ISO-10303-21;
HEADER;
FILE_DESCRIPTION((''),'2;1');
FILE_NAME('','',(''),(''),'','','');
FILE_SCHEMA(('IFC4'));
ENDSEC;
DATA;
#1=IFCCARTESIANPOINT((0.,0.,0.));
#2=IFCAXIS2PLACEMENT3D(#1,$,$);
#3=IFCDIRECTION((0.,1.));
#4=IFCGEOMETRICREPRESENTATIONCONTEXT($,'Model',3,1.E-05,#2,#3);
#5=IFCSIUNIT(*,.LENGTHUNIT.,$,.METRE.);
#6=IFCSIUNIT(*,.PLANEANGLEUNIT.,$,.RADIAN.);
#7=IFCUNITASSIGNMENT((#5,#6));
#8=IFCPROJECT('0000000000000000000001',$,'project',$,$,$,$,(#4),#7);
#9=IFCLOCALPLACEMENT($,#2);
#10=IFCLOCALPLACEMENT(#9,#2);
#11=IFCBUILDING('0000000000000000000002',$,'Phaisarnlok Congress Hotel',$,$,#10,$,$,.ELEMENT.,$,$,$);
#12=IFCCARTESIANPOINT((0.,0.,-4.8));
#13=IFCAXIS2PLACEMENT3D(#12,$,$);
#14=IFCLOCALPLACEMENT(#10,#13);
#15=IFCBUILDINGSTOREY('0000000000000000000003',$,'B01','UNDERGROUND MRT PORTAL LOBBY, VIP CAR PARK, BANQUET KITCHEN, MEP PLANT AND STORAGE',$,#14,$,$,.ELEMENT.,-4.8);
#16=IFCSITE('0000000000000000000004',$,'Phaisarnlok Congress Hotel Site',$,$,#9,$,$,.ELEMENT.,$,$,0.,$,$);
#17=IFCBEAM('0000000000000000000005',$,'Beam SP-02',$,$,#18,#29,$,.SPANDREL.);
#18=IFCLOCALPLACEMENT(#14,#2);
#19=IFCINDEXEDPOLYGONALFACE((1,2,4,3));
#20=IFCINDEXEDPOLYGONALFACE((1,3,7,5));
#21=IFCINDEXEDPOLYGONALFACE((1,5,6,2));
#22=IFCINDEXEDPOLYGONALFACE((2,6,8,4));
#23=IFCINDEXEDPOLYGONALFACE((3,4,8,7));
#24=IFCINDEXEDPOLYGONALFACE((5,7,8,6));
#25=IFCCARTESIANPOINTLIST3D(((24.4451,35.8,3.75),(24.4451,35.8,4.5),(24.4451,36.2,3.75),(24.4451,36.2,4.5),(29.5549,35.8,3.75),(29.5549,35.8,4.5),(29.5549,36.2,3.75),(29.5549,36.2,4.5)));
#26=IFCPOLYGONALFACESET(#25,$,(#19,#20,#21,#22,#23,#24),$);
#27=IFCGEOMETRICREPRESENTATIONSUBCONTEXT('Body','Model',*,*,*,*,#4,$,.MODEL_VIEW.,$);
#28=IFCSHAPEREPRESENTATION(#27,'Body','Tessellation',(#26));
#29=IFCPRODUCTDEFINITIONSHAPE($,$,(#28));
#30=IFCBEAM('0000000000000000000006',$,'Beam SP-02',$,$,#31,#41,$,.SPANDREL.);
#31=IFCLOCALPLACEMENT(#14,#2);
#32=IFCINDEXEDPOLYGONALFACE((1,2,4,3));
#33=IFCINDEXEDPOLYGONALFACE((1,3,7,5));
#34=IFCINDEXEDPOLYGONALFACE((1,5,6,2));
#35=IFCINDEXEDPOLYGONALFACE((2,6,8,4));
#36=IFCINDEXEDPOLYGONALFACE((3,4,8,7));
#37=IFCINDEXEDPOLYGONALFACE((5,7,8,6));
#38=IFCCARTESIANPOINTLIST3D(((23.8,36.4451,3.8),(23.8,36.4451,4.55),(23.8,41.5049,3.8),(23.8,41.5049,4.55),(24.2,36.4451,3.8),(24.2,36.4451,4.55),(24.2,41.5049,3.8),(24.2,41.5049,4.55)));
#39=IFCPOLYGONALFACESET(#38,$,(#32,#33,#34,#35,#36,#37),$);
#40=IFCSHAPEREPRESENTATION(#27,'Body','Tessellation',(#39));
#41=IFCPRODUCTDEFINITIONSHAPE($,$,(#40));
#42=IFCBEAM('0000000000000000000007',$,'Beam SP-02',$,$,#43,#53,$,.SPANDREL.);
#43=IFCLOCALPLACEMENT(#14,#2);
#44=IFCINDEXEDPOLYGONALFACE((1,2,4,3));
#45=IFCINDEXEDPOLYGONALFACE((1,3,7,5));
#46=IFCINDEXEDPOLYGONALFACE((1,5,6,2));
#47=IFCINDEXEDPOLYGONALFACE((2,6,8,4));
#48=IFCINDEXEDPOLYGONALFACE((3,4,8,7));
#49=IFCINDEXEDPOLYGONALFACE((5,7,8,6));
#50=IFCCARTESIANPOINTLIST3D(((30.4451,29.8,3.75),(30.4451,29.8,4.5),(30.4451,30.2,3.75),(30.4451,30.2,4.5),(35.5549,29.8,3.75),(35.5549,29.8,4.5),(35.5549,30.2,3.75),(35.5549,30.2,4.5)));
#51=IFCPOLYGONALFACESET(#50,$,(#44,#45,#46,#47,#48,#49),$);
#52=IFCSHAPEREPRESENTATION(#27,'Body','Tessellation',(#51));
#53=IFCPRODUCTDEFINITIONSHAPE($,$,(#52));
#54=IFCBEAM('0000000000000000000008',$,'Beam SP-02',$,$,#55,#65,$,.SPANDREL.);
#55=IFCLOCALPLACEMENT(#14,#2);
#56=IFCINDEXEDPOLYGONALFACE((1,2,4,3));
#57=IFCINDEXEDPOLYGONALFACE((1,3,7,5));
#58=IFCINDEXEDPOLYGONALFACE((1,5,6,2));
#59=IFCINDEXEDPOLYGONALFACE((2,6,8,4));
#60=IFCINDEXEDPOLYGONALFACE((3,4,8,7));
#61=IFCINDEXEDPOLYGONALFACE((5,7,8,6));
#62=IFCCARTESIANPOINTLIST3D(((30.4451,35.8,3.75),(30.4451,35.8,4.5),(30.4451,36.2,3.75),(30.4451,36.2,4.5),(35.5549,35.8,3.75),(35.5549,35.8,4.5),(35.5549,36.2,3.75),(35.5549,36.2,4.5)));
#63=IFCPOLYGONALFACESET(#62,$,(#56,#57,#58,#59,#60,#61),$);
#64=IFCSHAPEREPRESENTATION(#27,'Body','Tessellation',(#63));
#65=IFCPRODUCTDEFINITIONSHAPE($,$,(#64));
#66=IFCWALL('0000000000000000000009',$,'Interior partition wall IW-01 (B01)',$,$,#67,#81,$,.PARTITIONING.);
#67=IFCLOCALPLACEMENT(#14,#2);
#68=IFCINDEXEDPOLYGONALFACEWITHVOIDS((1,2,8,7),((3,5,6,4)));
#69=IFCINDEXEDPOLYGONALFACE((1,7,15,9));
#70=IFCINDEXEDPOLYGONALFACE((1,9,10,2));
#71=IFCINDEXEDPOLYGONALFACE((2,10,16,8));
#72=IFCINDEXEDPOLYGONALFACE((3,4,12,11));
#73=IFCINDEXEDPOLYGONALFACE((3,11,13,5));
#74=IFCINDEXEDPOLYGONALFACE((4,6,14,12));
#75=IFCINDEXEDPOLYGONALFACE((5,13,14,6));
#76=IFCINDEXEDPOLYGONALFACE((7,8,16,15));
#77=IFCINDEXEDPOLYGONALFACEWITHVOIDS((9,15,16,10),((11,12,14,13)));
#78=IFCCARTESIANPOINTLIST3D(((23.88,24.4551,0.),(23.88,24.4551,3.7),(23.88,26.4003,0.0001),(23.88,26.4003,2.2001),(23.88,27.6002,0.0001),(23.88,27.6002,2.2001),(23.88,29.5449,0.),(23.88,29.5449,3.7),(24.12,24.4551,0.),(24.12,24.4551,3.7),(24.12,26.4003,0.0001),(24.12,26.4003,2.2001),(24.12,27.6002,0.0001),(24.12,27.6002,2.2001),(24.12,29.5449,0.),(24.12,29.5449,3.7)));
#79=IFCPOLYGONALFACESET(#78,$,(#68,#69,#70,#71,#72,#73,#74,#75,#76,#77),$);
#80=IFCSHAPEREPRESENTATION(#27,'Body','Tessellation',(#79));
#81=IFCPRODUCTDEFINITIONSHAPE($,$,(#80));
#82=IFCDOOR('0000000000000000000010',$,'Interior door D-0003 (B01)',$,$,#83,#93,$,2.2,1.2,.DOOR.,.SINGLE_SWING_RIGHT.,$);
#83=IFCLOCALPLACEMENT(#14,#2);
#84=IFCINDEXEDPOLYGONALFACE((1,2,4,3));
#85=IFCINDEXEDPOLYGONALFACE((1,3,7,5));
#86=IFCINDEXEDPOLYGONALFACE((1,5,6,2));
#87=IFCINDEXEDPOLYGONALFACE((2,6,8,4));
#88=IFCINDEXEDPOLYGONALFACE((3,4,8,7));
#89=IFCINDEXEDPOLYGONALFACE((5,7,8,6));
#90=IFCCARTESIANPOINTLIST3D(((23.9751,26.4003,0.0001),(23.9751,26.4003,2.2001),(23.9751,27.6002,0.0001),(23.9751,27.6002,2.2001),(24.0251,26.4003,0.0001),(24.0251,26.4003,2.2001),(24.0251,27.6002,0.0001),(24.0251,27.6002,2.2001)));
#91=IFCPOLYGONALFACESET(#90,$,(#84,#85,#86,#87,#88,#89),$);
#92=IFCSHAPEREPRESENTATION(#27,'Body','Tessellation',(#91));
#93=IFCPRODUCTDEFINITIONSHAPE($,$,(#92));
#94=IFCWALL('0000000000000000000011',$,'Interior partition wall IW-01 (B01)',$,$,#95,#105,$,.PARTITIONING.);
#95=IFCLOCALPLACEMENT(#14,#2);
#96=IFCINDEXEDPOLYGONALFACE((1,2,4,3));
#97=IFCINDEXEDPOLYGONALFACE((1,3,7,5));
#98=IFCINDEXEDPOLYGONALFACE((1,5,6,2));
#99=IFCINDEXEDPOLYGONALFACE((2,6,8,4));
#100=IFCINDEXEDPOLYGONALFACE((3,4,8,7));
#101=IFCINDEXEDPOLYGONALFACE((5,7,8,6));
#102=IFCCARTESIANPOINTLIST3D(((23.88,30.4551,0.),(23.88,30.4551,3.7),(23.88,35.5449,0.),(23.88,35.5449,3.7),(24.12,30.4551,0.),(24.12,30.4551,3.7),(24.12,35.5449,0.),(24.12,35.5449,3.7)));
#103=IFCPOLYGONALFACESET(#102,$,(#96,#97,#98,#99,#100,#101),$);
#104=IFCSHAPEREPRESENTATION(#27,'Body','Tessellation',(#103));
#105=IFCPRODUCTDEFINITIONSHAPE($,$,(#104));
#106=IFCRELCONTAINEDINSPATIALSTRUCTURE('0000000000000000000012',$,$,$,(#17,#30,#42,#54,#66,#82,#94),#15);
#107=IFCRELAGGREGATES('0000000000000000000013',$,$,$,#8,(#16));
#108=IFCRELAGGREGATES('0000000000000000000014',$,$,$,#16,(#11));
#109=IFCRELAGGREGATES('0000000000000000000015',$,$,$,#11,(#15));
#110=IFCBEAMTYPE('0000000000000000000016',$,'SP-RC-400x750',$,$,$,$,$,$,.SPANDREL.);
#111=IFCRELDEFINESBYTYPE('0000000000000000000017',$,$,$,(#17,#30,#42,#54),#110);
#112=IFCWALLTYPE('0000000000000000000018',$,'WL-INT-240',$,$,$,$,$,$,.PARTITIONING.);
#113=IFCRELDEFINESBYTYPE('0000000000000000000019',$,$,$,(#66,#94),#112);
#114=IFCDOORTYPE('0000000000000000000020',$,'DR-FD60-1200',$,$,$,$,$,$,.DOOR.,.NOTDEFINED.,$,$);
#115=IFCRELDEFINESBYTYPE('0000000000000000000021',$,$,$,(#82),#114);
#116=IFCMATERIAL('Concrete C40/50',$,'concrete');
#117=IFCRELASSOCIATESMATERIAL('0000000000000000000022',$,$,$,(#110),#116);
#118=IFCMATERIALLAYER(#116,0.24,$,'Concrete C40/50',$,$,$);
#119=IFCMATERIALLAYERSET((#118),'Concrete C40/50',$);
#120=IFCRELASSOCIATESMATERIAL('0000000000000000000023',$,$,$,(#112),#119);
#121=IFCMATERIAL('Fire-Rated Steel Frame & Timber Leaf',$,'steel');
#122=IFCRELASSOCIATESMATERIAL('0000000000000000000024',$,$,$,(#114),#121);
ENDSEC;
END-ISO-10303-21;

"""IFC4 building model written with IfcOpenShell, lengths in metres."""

from ifc_helpers import new_model, si_unit, direction, frame, frame_2d, origin, origin_2d, place, context, subcontext, project, spatial, rectangle, extrude, material, layer, layer_set, material_profile, profile_set, type_object, element, fill, save


model = new_model("IFC4")

# Units and contexts
model_context = context("Model", 3, precision=1e-05, world=origin(), true_north=direction((0.0, 1.0)))
body_context = subcontext(model_context, "Body", "Model", "MODEL_VIEW")
ifc_project = project(units=[si_unit("LENGTHUNIT", "METRE"), si_unit("PLANEANGLEUNIT", "RADIAN")], contexts=[model_context])

# Site, building, storey
site_placement = place(None, origin())
site = spatial("IfcSite", under=ifc_project, at=site_placement, Name="Phaisarnlok Congress Hotel Site", CompositionType="ELEMENT", RefElevation=0.0)
building_placement = place(site_placement, origin())
building = spatial("IfcBuilding", under=site, at=building_placement, Name="Phaisarnlok Congress Hotel", CompositionType="ELEMENT")
storey_placement = place(building_placement, frame((0.0, 0.0, -4.8)))
storey = spatial("IfcBuildingStorey", under=building, at=storey_placement, Name="B01", Description="UNDERGROUND MRT PORTAL LOBBY, VIP CAR PARK, BANQUET KITCHEN, MEP PLANT AND STORAGE", CompositionType="ELEMENT", Elevation=-4.8)

# Shared definitions
ifc_material_1 = material(Name="Concrete C40/50", Category="concrete")

# Beams
ifc_material_profile_1 = material_profile(ifc_material_1, rectangle(XDim=0.3999, YDim=0.75, at=origin_2d()), Name="RC 400x750")
ifc_profile_set_1 = profile_set([ifc_material_profile_1], Name="Concrete C40/50")
beam_type_1 = type_object("IfcBeamType", Name="SP-RC-400x750", PredefinedType="SPANDREL", material=ifc_profile_set_1)
beam_1_placement = place(storey_placement, frame((24.4451, 36.0, 4.125), z_axis=(1.0, 0.0, 0.0), x_axis=(0.0, 1.0, 0.0)))
element("IfcBeam", 1, at=beam_1_placement, inside=storey, type_object=beam_type_1, Name="Beam SP-02", PredefinedType="SPANDREL", context=body_context, shape_type="SweptSolid", body=[
    extrude(rectangle(XDim=0.3999, YDim=0.75, at=origin_2d()), origin(), (0.0, 0.0, 1.0), 5.1099),
])
beam_2_placement = place(storey_placement, frame((24.0, 36.4451, 4.175), z_axis=(0.0, 1.0, 0.0), x_axis=(-1.0, 0.0, 0.0)))
element("IfcBeam", 2, at=beam_2_placement, inside=storey, type_object=beam_type_1, Name="Beam SP-02", PredefinedType="SPANDREL", context=body_context, shape_type="SweptSolid", body=[
    extrude(rectangle(XDim=0.3999, YDim=0.75, at=origin_2d()), origin(), (0.0, 0.0, 1.0), 5.0598),
])
for number, where, z_axis, x_axis, name in (
    (3, (30.4451, 30.0, 4.125), (1.0, 0.0, 0.0), (0.0, 1.0, 0.0), "Beam SP-02"),
    (4, (30.4451, 36.0, 4.125), (1.0, 0.0, 0.0), (0.0, 1.0, 0.0), "Beam SP-02"),
):
    element("IfcBeam", number, at=place(storey_placement, frame(where, z_axis=z_axis, x_axis=x_axis)), inside=storey, type_object=beam_type_1, Name=name, PredefinedType="SPANDREL", context=body_context, shape_type="SweptSolid", body=[
        extrude(rectangle(XDim=0.3999, YDim=0.75, at=origin_2d()), origin(), (0.0, 0.0, 1.0), 5.1099),
    ])

# Wall, opening, door
ifc_layer = layer(ifc_material_1, 0.24, Name="Concrete C40/50")
ifc_layer_set = layer_set([ifc_layer], Name="Concrete C40/50")
wall_type = type_object("IfcWallType", Name="WL-INT-240", PredefinedType="PARTITIONING", material=ifc_layer_set)
wall_1_placement = place(storey_placement, frame((24.0, 24.4551, 0.0), z_axis=(0.0, 0.0, 1.0), x_axis=(0.0, 1.0, 0.0)))
wall_1 = element("IfcWall", 5, at=wall_1_placement, inside=storey, type_object=wall_type, Name="Interior partition wall IW-01 (B01)", PredefinedType="PARTITIONING", context=body_context, shape_type="SweptSolid", body=[
    extrude(rectangle(XDim=5.0898, YDim=0.24, at=frame_2d((2.5449, 0.0))), origin(), (0.0, 0.0, 1.0), 3.7),
])
opening_placement = place(wall_1_placement, frame((1.9451, 0.0, 0.0)))
opening = element("IfcOpeningElement", 6, at=opening_placement, cuts=wall_1, PredefinedType="OPENING", context=body_context, shape_type="SweptSolid", body=[
    extrude(rectangle(XDim=1.2, YDim=2.2, at=frame_2d((0.6001, 1.1001))), frame((0.0, 0.1299, 0.0), z_axis=(0.0, -1.0, 0.0), x_axis=(1.0, 0.0, 0.0)), (0.0, 0.0, 1.0), 0.26),
])
ifc_material_2 = material(Name="Fire-Rated Steel Frame & Timber Leaf", Category="steel")
door_type = type_object("IfcDoorType", Name="DR-FD60-1200", OperationType="NOTDEFINED", PredefinedType="DOOR", material=ifc_material_2)
door_placement = place(opening_placement, origin())
door = element("IfcDoor", 7, at=door_placement, inside=storey, type_object=door_type, Name="Interior door D-0003 (B01)", OperationType="SINGLE_SWING_RIGHT", OverallHeight=2.2, OverallWidth=1.2, PredefinedType="DOOR", context=body_context, shape_type="SweptSolid", body=[
    extrude(rectangle(XDim=1.2, YDim=2.2, at=frame_2d((0.6001, 1.1001))), frame((0.0, 0.0249, 0.0), z_axis=(0.0, -1.0, 0.0), x_axis=(1.0, 0.0, 0.0)), (0.0, 0.0, 1.0), 0.05),
])
fill(opening, door)

# Wall
wall_2_placement = place(storey_placement, frame((24.0, 30.4551, 0.0), z_axis=(0.0, 0.0, 1.0), x_axis=(0.0, 1.0, 0.0)))
element("IfcWall", 8, at=wall_2_placement, inside=storey, type_object=wall_type, Name="Interior partition wall IW-01 (B01)", PredefinedType="PARTITIONING", context=body_context, shape_type="SweptSolid", body=[
    extrude(rectangle(XDim=5.0898, YDim=0.24, at=frame_2d((2.5449, 0.0))), origin(), (0.0, 0.0, 1.0), 3.7),
])

save(model, "model.ifc")
